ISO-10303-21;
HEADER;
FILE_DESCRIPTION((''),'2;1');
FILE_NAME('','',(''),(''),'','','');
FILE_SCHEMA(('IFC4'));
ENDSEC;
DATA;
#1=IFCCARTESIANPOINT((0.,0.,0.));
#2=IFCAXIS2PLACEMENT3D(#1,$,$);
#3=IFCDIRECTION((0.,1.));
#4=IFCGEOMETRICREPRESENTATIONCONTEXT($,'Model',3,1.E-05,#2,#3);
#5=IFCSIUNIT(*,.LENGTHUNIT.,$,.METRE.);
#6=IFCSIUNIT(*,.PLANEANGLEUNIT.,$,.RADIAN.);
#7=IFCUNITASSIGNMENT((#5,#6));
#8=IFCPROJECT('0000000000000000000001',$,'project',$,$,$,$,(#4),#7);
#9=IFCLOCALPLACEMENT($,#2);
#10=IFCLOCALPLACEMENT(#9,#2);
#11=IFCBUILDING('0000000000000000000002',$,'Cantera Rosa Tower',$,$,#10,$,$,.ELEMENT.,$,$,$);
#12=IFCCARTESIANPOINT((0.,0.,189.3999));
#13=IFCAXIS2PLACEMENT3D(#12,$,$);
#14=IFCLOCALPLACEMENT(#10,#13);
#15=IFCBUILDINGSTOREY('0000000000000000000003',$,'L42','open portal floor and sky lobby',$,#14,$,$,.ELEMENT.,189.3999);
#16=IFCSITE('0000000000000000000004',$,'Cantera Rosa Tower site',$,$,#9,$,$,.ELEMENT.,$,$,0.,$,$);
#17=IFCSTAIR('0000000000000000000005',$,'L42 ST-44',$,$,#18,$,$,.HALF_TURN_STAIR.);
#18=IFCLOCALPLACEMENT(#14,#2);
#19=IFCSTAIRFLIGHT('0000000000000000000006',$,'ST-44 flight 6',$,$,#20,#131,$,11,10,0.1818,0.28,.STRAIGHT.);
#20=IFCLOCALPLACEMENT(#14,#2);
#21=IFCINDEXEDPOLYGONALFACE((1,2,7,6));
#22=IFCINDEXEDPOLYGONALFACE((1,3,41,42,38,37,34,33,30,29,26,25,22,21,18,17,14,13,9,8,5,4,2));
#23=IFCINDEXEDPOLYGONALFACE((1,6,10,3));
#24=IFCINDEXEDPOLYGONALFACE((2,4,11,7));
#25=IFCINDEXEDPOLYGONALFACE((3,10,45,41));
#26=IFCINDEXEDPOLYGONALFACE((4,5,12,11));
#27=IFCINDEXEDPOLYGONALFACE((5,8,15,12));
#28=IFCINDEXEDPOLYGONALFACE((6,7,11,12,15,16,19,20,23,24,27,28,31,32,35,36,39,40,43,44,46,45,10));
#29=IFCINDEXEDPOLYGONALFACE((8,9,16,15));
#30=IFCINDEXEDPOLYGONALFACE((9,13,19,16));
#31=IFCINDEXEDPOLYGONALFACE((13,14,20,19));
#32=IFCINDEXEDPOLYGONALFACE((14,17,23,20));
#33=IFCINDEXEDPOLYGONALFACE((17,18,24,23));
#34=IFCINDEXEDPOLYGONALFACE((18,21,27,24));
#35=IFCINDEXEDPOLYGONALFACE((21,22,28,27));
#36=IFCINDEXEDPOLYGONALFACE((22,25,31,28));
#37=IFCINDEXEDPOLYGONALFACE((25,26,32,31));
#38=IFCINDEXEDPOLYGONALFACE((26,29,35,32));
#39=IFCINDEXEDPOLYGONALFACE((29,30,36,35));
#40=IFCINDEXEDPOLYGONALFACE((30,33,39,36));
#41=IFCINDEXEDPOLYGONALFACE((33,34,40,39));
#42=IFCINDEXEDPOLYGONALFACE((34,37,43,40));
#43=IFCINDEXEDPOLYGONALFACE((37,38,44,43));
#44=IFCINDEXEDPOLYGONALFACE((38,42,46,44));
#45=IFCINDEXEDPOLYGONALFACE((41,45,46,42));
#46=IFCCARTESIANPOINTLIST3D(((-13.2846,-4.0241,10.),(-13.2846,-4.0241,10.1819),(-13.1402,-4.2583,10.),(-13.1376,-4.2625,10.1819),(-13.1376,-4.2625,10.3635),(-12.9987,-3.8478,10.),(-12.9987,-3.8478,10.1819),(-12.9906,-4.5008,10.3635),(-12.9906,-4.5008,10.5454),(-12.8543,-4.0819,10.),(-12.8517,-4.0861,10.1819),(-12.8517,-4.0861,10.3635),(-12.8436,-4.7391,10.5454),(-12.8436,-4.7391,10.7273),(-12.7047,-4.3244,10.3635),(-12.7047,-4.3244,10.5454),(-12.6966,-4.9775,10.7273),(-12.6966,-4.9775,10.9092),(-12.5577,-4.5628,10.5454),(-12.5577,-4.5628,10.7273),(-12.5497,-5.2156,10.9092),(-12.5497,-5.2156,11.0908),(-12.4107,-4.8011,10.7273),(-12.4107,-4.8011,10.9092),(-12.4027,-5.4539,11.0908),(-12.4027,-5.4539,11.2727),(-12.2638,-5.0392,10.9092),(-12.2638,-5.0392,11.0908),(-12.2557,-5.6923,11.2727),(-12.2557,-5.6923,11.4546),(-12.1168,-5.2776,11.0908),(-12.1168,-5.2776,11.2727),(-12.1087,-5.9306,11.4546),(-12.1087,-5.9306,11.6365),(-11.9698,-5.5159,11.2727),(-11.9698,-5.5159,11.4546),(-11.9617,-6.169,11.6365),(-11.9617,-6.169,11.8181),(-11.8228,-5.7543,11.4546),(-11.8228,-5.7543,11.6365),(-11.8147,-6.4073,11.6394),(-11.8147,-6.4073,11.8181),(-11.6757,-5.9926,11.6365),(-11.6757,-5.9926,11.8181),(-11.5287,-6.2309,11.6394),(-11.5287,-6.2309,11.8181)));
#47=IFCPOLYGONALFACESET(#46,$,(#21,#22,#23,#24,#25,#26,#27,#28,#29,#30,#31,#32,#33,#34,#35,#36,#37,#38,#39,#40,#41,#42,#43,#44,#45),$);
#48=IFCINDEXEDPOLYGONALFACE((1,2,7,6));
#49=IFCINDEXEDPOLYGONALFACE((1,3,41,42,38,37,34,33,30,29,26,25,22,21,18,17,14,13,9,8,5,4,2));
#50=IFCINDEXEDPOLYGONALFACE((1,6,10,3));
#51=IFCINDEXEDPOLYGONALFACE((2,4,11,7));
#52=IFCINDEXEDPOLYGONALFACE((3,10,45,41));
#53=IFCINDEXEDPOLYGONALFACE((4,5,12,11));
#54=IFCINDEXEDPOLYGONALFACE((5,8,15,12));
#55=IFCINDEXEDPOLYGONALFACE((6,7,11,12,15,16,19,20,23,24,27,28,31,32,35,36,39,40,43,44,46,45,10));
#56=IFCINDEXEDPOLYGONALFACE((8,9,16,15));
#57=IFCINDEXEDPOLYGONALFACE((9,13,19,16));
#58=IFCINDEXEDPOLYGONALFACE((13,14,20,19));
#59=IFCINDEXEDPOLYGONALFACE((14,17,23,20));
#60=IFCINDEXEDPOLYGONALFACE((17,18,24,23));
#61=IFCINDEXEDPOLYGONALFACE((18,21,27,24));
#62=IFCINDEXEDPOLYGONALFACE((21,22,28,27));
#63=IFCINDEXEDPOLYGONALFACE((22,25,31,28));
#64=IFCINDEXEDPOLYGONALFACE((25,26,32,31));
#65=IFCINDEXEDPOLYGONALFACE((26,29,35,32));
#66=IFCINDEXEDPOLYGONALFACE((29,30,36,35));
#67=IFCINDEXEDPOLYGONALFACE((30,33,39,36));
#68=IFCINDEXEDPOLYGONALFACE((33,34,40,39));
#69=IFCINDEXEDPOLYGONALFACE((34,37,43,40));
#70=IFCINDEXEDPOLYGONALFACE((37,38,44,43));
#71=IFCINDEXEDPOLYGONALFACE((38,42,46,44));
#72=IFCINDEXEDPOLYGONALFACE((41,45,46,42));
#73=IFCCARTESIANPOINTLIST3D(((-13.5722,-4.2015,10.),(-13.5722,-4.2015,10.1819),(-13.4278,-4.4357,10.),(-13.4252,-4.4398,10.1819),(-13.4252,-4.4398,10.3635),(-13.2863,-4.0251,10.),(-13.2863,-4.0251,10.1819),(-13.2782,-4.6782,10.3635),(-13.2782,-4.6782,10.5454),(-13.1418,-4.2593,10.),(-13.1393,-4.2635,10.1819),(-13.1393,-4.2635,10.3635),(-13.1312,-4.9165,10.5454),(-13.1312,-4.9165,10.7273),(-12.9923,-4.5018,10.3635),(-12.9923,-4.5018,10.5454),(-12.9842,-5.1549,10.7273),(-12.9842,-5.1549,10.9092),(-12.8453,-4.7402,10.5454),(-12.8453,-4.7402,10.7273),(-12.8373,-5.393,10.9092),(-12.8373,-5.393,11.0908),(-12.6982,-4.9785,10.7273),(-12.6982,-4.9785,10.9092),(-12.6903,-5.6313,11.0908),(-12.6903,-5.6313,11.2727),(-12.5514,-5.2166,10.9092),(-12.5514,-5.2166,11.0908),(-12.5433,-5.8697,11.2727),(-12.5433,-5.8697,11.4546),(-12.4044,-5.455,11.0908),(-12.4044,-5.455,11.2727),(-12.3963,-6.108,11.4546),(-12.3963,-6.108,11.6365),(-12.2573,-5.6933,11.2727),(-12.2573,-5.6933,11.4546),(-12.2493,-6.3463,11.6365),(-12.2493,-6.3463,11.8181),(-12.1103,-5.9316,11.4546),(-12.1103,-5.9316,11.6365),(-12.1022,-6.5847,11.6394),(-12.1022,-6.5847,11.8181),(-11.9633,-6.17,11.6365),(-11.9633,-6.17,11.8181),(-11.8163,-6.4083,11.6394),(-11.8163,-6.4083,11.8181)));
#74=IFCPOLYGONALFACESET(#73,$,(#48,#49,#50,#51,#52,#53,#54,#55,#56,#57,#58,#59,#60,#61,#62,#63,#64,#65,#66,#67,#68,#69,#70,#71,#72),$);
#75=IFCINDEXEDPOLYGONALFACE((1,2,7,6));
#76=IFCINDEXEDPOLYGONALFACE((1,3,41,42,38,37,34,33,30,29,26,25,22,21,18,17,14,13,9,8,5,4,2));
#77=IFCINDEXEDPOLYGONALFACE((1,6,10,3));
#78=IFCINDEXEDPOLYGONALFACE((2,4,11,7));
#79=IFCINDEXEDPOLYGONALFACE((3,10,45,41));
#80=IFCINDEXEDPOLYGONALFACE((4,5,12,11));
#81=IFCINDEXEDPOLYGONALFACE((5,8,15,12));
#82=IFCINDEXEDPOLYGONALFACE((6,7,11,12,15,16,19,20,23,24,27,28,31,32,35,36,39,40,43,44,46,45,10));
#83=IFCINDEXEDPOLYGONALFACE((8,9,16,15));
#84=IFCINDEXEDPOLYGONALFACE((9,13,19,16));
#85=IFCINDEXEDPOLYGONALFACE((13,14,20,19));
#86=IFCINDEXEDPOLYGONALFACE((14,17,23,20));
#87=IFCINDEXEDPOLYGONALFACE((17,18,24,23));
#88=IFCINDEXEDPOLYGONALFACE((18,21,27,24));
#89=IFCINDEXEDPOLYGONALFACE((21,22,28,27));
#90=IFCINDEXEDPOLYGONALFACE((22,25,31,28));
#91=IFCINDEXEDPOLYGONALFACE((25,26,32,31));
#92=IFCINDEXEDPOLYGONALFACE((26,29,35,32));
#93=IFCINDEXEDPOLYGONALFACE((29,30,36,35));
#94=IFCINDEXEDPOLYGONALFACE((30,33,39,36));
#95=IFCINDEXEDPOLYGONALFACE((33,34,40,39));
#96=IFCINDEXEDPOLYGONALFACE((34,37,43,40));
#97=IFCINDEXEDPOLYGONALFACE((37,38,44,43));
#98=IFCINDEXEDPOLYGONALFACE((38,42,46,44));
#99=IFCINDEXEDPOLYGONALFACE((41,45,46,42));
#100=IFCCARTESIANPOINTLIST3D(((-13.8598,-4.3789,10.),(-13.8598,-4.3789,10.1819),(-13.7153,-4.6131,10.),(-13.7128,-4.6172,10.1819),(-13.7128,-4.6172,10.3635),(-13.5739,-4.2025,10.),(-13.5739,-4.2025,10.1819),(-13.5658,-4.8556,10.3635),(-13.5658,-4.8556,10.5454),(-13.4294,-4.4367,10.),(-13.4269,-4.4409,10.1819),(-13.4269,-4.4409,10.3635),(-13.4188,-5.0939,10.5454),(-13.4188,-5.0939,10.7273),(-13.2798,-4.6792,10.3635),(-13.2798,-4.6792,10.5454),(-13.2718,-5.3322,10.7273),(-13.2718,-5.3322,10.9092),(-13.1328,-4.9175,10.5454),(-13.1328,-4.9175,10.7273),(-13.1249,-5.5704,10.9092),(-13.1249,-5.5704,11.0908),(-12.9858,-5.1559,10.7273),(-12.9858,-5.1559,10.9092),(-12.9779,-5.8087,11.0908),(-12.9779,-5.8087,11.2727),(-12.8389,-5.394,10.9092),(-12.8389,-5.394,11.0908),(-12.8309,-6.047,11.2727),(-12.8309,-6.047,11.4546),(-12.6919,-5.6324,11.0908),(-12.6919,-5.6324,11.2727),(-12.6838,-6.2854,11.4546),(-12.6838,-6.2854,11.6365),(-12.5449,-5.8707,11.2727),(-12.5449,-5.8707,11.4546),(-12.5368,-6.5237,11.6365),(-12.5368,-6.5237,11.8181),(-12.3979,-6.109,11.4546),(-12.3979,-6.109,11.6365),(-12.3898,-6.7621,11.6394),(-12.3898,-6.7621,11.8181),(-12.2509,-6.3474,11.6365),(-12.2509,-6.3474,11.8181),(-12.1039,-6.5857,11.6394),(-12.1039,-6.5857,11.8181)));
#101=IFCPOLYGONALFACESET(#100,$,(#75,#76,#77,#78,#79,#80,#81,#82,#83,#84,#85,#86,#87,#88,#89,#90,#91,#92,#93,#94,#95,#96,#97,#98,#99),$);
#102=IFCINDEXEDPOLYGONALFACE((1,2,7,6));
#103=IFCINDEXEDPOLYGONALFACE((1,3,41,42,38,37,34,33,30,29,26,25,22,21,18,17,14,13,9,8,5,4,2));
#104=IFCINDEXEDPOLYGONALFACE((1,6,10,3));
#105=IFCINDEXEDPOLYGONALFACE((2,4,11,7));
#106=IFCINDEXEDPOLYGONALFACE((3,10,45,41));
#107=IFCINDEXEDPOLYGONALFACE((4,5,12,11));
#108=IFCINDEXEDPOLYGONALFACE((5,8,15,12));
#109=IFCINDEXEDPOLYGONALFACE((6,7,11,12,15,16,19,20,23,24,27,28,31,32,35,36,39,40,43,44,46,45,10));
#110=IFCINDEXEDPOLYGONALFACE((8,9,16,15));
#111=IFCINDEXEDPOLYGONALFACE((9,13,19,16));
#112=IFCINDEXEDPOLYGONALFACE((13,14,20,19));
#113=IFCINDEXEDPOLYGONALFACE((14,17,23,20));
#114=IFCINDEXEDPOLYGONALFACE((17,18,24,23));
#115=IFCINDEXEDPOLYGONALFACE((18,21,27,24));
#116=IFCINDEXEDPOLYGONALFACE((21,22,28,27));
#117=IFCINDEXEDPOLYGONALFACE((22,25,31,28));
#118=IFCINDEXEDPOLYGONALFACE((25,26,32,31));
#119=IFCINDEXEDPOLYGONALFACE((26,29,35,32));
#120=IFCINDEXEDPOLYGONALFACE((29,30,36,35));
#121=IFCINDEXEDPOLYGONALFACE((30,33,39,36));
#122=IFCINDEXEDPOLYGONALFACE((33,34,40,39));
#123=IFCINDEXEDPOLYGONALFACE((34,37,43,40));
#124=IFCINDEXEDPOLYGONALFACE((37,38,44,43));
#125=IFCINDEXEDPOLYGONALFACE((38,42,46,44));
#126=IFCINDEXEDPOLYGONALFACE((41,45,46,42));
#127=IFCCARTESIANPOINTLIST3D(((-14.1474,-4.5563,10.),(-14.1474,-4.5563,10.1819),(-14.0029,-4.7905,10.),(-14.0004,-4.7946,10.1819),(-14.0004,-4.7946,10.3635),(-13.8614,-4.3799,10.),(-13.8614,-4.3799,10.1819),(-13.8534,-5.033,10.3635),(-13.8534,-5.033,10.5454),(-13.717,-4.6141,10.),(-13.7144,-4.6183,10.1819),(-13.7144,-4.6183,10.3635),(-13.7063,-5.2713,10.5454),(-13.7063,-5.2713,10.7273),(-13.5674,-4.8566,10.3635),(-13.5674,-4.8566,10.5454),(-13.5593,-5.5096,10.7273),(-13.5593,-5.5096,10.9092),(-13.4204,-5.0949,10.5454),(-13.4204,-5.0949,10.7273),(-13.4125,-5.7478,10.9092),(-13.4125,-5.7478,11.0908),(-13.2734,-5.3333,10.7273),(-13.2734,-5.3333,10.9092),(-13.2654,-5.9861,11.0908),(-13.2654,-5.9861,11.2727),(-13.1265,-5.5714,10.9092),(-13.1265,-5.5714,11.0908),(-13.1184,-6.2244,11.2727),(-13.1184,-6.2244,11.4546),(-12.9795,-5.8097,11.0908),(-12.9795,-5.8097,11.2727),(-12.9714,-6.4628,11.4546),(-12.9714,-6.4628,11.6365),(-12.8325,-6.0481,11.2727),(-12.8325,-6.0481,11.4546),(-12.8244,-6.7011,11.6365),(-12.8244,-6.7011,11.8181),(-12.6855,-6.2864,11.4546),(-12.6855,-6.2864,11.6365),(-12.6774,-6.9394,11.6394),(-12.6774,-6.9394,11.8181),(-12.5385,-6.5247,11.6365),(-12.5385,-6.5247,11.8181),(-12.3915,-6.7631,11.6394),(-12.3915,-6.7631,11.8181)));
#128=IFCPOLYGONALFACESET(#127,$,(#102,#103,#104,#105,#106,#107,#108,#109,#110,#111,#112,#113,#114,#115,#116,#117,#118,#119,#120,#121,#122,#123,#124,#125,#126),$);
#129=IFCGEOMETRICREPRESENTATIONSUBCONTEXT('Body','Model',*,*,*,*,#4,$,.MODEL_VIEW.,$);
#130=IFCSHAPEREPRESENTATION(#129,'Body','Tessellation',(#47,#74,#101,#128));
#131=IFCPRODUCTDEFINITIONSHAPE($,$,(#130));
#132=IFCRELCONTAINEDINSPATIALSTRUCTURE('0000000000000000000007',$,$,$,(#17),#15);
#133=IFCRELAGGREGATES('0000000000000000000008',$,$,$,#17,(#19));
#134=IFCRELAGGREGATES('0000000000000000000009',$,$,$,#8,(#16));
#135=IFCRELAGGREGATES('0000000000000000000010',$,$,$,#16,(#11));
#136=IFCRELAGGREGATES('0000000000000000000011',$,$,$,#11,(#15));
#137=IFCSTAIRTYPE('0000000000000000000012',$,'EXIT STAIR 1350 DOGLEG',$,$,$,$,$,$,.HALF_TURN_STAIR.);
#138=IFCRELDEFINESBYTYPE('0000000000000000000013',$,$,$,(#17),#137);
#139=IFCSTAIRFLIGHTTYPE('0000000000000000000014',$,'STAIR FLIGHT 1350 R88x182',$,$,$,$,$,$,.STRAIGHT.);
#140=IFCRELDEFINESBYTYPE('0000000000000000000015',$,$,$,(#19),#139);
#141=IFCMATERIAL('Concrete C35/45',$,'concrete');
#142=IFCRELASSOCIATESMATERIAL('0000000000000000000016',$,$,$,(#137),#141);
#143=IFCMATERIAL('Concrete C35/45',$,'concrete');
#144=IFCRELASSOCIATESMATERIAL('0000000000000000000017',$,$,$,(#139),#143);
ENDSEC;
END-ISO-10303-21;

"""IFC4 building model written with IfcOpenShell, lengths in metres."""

from ifc_helpers import new_model, si_unit, direction, frame, origin, place, context, subcontext, project, spatial, polyline, outline, extrude, material, type_object, element, aggregate, save


model = new_model("IFC4")

# Units and contexts
model_context = context("Model", 3, precision=1e-05, world=origin(), true_north=direction((0.0, 1.0)))
body_context = subcontext(model_context, "Body", "Model", "MODEL_VIEW")
ifc_project = project(units=[si_unit("LENGTHUNIT", "METRE"), si_unit("PLANEANGLEUNIT", "RADIAN")], contexts=[model_context])

# Site, building, storey
site_placement = place(None, origin())
site = spatial("IfcSite", under=ifc_project, at=site_placement, Name="Cantera Rosa Tower site", CompositionType="ELEMENT", RefElevation=0.0)
building_placement = place(site_placement, origin())
building = spatial("IfcBuilding", under=site, at=building_placement, Name="Cantera Rosa Tower", CompositionType="ELEMENT")
storey_placement = place(building_placement, frame((0.0, 0.0, 189.3999)))
storey = spatial("IfcBuildingStorey", under=building, at=storey_placement, Name="L42", Description="open portal floor and sky lobby", CompositionType="ELEMENT", Elevation=189.3999)

# Stair, stair flight
ifc_material_1 = material(Name="Concrete C35/45", Category="concrete")
stair_type = type_object("IfcStairType", Name="EXIT STAIR 1350 DOGLEG", PredefinedType="HALF_TURN_STAIR", material=ifc_material_1)
ifc_material_2 = material(Name="Concrete C35/45", Category="concrete")
stair_flight_type = type_object("IfcStairFlightType", Name="STAIR FLIGHT 1350 R88x182", PredefinedType="STRAIGHT", material=ifc_material_2)
stair_1_placement = place(storey_placement, origin())
stair_1 = element("IfcStair", 1, at=stair_1_placement, inside=storey, type_object=stair_type, Name="L42 ST-44", PredefinedType="HALF_TURN_STAIR")
stair_flight_1_placement = place(storey_placement, frame((-13.5732, -4.2021, 10.0), z_axis=(0.0, 0.0, 1.0), x_axis=(0.524977, -0.851117, 0.0)))
stair_flight_1 = element("IfcStairFlight", 2, at=stair_flight_1_placement, type_object=stair_flight_type, Name="ST-44 flight 6", NumberOfRisers=11, NumberOfTreads=10, PredefinedType="STRAIGHT", RiserHeight=0.1818, TreadLength=0.28, context=body_context, shape_type="SweptSolid", body=[
    extrude(outline(polyline([(0.0, 0.0), (0.0, 0.1819), (0.28, 0.1819), (0.28, 0.3635), (0.5601, 0.3635), (0.5601, 0.5454), (0.8401, 0.5454), (0.8401, 0.7273), (1.1201, 0.7273), (1.1201, 0.9092), (1.3999, 0.9092), (1.3999, 1.0908), (1.6799, 1.0908), (1.6799, 1.2727), (1.96, 1.2727), (1.96, 1.4546), (2.24, 1.4546), (2.24, 1.6365), (2.52, 1.6365), (2.52, 1.8181), (2.8, 1.8181), (2.8, 2.0), (2.8, 1.6394), (0.2751, 0.0), (0.0, 0.0)])), frame((0.0, 0.675, 0.0), z_axis=(0.0, -1.0, 0.0), x_axis=(1.0, 0.0, 0.0)), (0.0, 0.0, 1.0), 0.3359),
    extrude(outline(polyline([(0.0, 0.0), (0.0, 0.1819), (0.28, 0.1819), (0.28, 0.3635), (0.5601, 0.3635), (0.5601, 0.5454), (0.8401, 0.5454), (0.8401, 0.7273), (1.1201, 0.7273), (1.1201, 0.9092), (1.3999, 0.9092), (1.3999, 1.0908), (1.6799, 1.0908), (1.6799, 1.2727), (1.96, 1.2727), (1.96, 1.4546), (2.24, 1.4546), (2.24, 1.6365), (2.52, 1.6365), (2.52, 1.8181), (2.8, 1.8181), (2.8, 2.0), (2.8, 1.6394), (0.2751, 0.0), (0.0, 0.0)])), frame((0.0, 0.3372, 0.0), z_axis=(0.0, -1.0, 0.0), x_axis=(1.0, 0.0, 0.0)), (0.0, 0.0, 1.0), 0.3359),
    extrude(outline(polyline([(0.0, 0.0), (0.0, 0.1819), (0.28, 0.1819), (0.28, 0.3635), (0.5601, 0.3635), (0.5601, 0.5454), (0.8401, 0.5454), (0.8401, 0.7273), (1.1201, 0.7273), (1.1201, 0.9092), (1.3999, 0.9092), (1.3999, 1.0908), (1.6799, 1.0908), (1.6799, 1.2727), (1.96, 1.2727), (1.96, 1.4546), (2.24, 1.4546), (2.24, 1.6365), (2.52, 1.6365), (2.52, 1.8181), (2.8, 1.8181), (2.8, 2.0), (2.8, 1.6394), (0.2751, 0.0), (0.0, 0.0)])), frame((0.0, -0.0007, 0.0), z_axis=(0.0, -1.0, 0.0), x_axis=(1.0, 0.0, 0.0)), (0.0, 0.0, 1.0), 0.3359),
    extrude(outline(polyline([(0.0, 0.0), (0.0, 0.1819), (0.28, 0.1819), (0.28, 0.3635), (0.5601, 0.3635), (0.5601, 0.5454), (0.8401, 0.5454), (0.8401, 0.7273), (1.1201, 0.7273), (1.1201, 0.9092), (1.3999, 0.9092), (1.3999, 1.0908), (1.6799, 1.0908), (1.6799, 1.2727), (1.96, 1.2727), (1.96, 1.4546), (2.24, 1.4546), (2.24, 1.6365), (2.52, 1.6365), (2.52, 1.8181), (2.8, 1.8181), (2.8, 2.0), (2.8, 1.6394), (0.2751, 0.0), (0.0, 0.0)])), frame((0.0, -0.3386, 0.0), z_axis=(0.0, -1.0, 0.0), x_axis=(1.0, 0.0, 0.0)), (0.0, 0.0, 1.0), 0.3359),
])
aggregate(stair_1, [stair_flight_1])

save(model, "model.ifc")
